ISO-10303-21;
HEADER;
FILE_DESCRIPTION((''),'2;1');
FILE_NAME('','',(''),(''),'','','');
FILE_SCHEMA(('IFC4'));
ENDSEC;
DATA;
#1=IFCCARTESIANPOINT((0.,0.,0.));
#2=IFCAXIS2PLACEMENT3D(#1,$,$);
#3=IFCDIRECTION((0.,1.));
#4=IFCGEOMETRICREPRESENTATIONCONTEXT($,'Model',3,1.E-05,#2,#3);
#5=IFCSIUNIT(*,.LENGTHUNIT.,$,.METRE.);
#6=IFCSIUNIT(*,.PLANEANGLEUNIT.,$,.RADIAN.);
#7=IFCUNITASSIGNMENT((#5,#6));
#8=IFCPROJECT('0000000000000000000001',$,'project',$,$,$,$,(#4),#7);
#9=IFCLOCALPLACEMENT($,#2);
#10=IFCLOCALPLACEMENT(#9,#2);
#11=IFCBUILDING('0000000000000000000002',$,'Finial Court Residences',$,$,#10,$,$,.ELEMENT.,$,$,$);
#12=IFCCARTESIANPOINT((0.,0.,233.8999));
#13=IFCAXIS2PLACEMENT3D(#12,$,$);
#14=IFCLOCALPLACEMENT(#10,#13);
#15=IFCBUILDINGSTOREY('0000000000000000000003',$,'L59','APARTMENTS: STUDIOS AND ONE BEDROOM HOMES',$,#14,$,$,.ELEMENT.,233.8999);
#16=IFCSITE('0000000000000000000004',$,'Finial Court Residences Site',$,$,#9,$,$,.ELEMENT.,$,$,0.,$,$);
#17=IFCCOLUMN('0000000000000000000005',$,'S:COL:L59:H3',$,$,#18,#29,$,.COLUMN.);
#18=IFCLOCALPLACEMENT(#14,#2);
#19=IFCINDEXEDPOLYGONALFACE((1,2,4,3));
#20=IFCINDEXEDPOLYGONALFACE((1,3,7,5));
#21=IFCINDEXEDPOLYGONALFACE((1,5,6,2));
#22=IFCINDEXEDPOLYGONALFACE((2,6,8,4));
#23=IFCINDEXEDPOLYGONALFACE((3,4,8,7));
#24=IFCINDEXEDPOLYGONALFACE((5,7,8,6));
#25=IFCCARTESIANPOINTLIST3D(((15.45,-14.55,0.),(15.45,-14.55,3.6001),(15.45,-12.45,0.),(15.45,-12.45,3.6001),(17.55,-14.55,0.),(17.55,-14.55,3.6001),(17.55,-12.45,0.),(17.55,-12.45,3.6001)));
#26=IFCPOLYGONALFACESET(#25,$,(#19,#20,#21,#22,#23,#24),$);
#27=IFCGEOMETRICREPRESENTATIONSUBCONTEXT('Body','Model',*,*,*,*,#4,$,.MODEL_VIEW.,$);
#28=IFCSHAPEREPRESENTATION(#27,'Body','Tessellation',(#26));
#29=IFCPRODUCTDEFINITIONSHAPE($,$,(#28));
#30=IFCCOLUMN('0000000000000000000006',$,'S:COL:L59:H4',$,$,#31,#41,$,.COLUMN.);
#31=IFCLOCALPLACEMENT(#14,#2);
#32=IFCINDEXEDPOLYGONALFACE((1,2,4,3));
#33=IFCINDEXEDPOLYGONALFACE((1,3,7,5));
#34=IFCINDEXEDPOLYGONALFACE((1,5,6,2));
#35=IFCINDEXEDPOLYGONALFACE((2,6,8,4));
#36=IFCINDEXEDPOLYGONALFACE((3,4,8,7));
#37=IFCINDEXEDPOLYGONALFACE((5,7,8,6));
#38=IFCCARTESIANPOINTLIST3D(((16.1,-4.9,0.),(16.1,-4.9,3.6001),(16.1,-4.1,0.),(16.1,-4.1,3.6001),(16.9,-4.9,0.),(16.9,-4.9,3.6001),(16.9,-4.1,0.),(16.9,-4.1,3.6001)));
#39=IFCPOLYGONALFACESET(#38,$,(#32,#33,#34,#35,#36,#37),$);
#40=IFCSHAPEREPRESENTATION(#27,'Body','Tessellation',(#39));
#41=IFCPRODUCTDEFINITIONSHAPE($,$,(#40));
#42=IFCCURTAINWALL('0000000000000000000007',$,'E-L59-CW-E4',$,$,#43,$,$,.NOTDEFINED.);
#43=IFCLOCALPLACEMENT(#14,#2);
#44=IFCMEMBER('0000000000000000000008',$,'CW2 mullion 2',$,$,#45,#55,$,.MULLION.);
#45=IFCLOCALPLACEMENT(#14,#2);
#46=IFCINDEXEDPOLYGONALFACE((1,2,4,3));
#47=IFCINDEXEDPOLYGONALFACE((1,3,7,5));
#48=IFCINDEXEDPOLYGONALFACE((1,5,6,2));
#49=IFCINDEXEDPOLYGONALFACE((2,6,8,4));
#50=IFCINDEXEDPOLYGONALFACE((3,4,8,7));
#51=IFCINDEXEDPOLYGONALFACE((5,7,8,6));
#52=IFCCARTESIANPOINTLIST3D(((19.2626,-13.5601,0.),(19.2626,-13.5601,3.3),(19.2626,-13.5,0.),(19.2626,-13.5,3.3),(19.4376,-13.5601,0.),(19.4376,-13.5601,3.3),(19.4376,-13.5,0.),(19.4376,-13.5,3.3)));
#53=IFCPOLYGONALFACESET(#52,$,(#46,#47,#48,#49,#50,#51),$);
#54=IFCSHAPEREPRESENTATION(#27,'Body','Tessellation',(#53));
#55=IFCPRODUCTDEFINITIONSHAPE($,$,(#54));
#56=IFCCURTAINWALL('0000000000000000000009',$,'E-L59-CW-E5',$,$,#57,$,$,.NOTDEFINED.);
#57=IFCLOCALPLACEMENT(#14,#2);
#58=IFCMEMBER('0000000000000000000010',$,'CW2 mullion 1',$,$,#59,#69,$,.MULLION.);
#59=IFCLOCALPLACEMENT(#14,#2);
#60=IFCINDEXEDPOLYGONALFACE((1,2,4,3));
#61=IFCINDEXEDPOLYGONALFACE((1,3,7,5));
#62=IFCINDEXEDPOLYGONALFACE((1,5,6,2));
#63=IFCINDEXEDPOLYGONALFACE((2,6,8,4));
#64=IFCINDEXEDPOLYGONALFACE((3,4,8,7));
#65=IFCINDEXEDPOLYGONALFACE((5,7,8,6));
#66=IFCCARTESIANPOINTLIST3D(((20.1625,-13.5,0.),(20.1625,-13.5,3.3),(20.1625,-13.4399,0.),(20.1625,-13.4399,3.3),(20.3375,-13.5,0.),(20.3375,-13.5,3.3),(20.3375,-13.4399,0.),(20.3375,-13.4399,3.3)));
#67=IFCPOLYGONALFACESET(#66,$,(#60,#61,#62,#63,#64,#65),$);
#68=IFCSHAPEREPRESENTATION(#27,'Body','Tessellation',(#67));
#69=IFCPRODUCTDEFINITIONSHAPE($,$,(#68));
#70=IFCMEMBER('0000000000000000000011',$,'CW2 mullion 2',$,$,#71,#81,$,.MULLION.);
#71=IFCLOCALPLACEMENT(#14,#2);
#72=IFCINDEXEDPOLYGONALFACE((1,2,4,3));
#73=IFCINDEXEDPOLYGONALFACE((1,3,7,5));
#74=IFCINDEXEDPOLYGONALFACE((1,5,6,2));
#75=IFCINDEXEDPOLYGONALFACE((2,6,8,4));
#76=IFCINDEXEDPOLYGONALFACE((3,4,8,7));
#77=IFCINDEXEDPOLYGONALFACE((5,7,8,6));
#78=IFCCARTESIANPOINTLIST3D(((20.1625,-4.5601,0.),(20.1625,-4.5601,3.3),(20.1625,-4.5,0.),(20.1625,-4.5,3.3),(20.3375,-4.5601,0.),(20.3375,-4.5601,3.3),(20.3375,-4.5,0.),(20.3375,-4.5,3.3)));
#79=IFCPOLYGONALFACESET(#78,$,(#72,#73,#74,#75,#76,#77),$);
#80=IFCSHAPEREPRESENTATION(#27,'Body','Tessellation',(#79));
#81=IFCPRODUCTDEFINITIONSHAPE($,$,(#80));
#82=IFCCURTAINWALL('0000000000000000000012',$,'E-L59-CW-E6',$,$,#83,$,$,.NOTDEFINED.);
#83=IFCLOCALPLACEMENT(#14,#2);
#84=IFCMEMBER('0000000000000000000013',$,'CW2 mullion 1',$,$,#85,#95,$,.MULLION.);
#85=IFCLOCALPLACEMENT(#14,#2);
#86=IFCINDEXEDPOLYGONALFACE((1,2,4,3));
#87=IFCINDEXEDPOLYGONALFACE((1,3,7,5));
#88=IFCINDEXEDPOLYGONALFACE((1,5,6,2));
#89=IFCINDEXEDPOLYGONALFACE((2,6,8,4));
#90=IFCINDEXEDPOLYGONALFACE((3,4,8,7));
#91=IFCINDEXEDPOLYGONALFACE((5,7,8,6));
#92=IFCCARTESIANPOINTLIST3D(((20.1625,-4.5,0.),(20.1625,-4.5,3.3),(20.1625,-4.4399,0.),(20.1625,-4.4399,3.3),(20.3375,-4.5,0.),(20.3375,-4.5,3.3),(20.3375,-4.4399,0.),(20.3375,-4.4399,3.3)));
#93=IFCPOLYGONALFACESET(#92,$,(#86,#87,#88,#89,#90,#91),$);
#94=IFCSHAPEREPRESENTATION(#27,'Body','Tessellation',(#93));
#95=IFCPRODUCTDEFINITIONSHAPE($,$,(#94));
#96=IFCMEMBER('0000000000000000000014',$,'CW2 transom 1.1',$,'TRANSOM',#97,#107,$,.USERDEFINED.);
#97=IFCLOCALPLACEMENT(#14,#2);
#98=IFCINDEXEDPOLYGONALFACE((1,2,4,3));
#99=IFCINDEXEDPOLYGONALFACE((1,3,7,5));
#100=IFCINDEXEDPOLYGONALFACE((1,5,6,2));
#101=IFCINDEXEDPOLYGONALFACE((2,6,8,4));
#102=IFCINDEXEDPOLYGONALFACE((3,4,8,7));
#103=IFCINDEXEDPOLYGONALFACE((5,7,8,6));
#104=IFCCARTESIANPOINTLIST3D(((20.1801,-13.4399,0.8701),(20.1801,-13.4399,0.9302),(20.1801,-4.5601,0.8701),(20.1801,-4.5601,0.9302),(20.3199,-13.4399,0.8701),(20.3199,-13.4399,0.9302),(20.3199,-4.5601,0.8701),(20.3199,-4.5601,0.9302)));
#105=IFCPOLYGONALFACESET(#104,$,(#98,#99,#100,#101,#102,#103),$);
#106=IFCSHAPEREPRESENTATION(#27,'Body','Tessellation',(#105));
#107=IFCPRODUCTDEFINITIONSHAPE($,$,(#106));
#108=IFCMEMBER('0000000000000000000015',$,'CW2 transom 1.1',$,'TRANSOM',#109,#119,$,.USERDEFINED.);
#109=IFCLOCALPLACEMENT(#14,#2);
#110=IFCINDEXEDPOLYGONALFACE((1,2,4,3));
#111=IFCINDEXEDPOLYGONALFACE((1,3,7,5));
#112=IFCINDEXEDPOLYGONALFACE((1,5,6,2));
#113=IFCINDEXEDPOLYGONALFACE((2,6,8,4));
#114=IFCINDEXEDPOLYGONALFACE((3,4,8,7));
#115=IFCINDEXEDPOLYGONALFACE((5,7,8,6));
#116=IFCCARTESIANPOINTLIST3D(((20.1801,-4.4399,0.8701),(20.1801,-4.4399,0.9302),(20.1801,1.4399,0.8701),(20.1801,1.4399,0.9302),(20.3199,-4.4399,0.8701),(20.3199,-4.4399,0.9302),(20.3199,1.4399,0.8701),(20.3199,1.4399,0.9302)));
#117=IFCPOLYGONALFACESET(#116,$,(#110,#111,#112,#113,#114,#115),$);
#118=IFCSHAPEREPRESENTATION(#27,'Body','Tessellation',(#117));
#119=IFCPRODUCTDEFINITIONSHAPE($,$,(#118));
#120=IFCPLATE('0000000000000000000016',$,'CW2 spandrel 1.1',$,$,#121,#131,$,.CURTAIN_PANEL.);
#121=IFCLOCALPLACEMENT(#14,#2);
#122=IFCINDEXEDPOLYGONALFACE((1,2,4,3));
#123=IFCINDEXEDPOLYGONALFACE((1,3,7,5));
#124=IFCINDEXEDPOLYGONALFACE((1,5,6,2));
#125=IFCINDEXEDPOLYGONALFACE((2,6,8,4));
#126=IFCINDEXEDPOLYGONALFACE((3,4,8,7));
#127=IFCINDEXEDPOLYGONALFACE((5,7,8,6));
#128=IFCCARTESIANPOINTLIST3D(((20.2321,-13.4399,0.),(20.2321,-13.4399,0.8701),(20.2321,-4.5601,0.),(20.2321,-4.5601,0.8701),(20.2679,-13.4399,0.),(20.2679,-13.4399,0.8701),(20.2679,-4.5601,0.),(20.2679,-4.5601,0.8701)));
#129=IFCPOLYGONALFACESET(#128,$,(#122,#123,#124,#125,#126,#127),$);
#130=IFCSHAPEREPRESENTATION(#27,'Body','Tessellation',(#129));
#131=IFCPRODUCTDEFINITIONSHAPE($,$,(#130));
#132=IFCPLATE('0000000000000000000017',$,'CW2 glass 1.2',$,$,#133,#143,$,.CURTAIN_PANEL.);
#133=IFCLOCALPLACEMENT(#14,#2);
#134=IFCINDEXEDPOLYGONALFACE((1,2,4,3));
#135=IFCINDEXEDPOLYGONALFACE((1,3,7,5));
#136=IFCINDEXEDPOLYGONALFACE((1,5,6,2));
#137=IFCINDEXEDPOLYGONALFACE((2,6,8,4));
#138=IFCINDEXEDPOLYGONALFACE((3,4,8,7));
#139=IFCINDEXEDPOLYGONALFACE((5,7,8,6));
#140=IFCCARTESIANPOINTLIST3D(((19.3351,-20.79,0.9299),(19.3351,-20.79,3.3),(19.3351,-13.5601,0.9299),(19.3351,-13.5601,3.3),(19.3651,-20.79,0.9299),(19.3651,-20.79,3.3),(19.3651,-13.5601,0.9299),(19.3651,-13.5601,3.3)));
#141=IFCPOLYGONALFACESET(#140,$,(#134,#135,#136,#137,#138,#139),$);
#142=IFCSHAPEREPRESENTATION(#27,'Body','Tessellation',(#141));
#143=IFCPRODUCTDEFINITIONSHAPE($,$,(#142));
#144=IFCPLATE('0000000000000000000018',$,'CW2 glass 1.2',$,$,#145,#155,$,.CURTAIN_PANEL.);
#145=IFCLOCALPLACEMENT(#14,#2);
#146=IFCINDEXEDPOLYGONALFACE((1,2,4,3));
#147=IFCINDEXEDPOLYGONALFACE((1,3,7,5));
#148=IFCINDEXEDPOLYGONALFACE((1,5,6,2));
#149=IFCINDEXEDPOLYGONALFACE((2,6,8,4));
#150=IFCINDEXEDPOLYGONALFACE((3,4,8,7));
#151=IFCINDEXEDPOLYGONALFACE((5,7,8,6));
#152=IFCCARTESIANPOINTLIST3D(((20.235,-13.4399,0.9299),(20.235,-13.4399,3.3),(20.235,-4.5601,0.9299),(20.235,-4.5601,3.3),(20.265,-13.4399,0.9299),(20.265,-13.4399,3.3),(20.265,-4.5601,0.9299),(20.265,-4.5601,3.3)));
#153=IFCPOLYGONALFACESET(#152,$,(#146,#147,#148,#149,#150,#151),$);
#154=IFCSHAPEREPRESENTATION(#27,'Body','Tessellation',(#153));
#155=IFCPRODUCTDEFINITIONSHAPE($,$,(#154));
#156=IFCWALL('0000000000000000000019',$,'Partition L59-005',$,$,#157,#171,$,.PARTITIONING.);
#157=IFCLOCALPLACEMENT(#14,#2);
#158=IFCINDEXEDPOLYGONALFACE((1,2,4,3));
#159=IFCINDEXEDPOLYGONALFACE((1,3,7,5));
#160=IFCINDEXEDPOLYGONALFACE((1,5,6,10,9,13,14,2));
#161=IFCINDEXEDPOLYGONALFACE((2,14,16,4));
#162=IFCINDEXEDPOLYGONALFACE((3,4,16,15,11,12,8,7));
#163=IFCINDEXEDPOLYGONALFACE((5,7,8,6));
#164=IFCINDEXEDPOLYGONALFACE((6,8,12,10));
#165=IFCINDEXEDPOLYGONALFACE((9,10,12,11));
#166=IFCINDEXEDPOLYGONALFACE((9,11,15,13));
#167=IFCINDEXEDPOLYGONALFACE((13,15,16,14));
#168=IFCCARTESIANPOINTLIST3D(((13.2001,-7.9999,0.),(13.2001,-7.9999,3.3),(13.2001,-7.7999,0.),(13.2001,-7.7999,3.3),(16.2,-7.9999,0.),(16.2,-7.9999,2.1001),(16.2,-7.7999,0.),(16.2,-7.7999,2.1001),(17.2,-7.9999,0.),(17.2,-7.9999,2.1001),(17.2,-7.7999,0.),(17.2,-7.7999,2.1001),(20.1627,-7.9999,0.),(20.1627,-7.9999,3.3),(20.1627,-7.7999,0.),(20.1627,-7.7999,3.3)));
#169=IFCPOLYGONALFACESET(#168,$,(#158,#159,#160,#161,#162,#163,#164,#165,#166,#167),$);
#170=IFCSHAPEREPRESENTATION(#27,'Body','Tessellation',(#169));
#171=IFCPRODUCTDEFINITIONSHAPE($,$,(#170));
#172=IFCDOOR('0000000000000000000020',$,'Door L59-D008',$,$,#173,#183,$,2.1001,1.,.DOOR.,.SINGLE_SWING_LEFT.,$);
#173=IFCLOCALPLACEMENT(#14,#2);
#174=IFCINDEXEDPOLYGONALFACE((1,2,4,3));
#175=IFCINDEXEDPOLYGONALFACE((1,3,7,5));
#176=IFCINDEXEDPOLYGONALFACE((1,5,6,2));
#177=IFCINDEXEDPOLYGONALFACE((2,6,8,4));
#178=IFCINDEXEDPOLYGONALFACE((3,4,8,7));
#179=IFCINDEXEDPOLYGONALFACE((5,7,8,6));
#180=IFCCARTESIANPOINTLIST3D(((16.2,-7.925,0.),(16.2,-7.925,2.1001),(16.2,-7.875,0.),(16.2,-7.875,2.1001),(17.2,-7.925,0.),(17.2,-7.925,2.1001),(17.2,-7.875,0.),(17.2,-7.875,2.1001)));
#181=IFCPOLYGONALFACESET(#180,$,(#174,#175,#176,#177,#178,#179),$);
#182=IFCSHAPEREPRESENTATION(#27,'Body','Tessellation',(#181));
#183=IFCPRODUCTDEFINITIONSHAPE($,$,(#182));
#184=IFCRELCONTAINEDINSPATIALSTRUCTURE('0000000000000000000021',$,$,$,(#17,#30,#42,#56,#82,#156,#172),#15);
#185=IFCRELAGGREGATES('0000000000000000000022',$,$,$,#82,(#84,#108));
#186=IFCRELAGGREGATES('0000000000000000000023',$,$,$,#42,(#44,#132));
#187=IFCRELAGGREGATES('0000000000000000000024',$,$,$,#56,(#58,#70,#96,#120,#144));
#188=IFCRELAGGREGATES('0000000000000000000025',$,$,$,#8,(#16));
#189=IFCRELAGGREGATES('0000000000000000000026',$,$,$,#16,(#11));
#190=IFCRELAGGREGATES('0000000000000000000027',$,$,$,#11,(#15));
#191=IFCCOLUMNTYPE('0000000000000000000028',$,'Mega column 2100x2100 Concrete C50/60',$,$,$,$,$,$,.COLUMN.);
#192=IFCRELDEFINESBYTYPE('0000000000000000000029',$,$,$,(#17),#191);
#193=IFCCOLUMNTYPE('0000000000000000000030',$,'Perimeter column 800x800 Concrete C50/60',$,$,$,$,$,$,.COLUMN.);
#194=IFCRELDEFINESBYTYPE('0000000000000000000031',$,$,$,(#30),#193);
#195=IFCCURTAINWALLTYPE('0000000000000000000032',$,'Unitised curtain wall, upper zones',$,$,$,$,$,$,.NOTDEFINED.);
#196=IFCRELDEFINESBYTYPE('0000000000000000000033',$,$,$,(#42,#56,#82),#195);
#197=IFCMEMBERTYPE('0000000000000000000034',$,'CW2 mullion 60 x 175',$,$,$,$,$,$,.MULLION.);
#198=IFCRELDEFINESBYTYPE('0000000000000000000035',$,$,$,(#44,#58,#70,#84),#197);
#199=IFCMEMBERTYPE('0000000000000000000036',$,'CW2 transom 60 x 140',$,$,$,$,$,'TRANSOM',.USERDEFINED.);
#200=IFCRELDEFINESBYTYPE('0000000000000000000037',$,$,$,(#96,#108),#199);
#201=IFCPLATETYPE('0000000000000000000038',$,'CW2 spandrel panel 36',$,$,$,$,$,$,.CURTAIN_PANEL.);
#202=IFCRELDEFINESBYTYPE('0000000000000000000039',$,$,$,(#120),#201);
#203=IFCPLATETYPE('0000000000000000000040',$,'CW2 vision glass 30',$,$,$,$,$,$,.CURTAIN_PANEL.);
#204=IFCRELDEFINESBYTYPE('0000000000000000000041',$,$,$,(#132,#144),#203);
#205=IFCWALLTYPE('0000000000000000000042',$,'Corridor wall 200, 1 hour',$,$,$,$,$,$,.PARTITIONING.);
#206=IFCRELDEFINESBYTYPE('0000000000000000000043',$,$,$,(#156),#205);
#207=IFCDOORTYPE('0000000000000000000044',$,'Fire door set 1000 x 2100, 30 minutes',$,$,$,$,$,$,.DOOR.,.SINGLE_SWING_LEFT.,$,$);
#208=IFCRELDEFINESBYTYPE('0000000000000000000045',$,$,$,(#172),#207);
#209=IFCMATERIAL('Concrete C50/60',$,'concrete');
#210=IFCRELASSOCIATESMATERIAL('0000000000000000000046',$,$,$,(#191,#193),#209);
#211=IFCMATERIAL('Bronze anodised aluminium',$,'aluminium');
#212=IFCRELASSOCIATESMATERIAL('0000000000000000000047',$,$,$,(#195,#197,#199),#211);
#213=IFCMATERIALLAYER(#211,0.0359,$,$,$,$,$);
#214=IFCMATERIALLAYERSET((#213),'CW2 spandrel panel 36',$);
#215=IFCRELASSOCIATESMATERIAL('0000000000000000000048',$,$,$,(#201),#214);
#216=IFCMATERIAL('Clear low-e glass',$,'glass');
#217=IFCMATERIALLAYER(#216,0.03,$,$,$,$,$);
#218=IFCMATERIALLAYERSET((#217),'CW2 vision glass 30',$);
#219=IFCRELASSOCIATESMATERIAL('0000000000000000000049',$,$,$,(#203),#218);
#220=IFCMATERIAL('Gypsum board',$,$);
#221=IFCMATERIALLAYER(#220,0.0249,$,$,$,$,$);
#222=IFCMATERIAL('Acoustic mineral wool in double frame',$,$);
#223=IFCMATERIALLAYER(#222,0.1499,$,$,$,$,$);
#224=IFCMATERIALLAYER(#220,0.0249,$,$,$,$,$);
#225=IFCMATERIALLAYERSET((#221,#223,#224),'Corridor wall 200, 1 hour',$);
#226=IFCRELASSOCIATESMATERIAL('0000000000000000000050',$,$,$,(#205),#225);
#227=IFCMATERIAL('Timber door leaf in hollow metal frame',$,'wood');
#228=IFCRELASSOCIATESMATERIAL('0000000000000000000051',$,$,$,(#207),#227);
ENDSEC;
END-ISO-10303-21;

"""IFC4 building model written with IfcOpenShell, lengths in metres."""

from ifc_helpers import new_model, si_unit, direction, frame, frame_2d, origin, origin_2d, place, context, subcontext, project, spatial, rectangle, extrude, material, layer, layer_set, material_profile, profile_set, type_object, element, fill, aggregate, save


model = new_model("IFC4")

# Units and contexts
model_context = context("Model", 3, precision=1e-05, world=origin(), true_north=direction((0.0, 1.0)))
body_context = subcontext(model_context, "Body", "Model", "MODEL_VIEW")
ifc_project = project(units=[si_unit("LENGTHUNIT", "METRE"), si_unit("PLANEANGLEUNIT", "RADIAN")], contexts=[model_context])

# Site, building, storey
site_placement = place(None, origin())
site = spatial("IfcSite", under=ifc_project, at=site_placement, Name="Finial Court Residences Site", CompositionType="ELEMENT", RefElevation=0.0)
building_placement = place(site_placement, origin())
building = spatial("IfcBuilding", under=site, at=building_placement, Name="Finial Court Residences", CompositionType="ELEMENT")
storey_placement = place(building_placement, frame((0.0, 0.0, 233.8999)))
storey = spatial("IfcBuildingStorey", under=building, at=storey_placement, Name="L59", Description="APARTMENTS: STUDIOS AND ONE BEDROOM HOMES", CompositionType="ELEMENT", Elevation=233.8999)

# Columns
ifc_material_1 = material(Name="Concrete C50/60", Category="concrete")
ifc_material_profile_1 = material_profile(ifc_material_1, rectangle(XDim=2.1001, YDim=2.1001, at=origin_2d()), Name="2100x2100")
ifc_profile_set_1 = profile_set([ifc_material_profile_1], Name="Concrete C50/60")
column_type_1 = type_object("IfcColumnType", Name="Mega column 2100x2100 Concrete C50/60", PredefinedType="COLUMN", material=ifc_profile_set_1)
column_1_placement = place(storey_placement, frame((16.5, -13.5, 0.0), z_axis=(0.0, 0.0, 1.0), x_axis=(1.0, 0.0, 0.0)))
element("IfcColumn", 1, at=column_1_placement, inside=storey, type_object=column_type_1, Name="S:COL:L59:H3", PredefinedType="COLUMN", context=body_context, shape_type="SweptSolid", body=[
    extrude(rectangle(XDim=2.1001, YDim=2.1001, at=origin_2d()), origin(), (0.0, 0.0, 1.0), 3.6001),
])
ifc_material_profile_2 = material_profile(ifc_material_1, rectangle(XDim=0.8, YDim=0.8, at=origin_2d()), Name="800x800")
ifc_profile_set_2 = profile_set([ifc_material_profile_2], Name="Concrete C50/60")
column_type_2 = type_object("IfcColumnType", Name="Perimeter column 800x800 Concrete C50/60", PredefinedType="COLUMN", material=ifc_profile_set_2)
column_2_placement = place(storey_placement, frame((16.5, -4.5, 0.0), z_axis=(0.0, 0.0, 1.0), x_axis=(1.0, 0.0, 0.0)))
element("IfcColumn", 2, at=column_2_placement, inside=storey, type_object=column_type_2, Name="S:COL:L59:H4", PredefinedType="COLUMN", context=body_context, shape_type="SweptSolid", body=[
    extrude(rectangle(XDim=0.8, YDim=0.8, at=origin_2d()), origin(), (0.0, 0.0, 1.0), 3.6001),
])

# Curtain wall, member
ifc_material_2 = material(Name="Bronze anodised aluminium", Category="aluminium")
curtain_wall_type = type_object("IfcCurtainWallType", Name="Unitised curtain wall, upper zones", PredefinedType="NOTDEFINED", material=ifc_material_2)
curtain_wall_1_placement = place(storey_placement, origin())
curtain_wall_1 = element("IfcCurtainWall", 3, at=curtain_wall_1_placement, inside=storey, type_object=curtain_wall_type, Name="E-L59-CW-E4", PredefinedType="NOTDEFINED")
ifc_material_profile_3 = material_profile(ifc_material_2, rectangle(XDim=0.175, YDim=0.0601, at=origin_2d()), Name="CW2 mullion 60 x 175")
ifc_profile_set_3 = profile_set([ifc_material_profile_3], Name="Bronze anodised aluminium")
member_type_1 = type_object("IfcMemberType", Name="CW2 mullion 60 x 175", PredefinedType="MULLION", material=ifc_profile_set_3)
member_1_placement = place(storey_placement, frame((19.3501, -13.53, 0.0), z_axis=(0.0, 0.0, 1.0), x_axis=(-1.0, 0.0, 0.0)))
member_1 = element("IfcMember", 4, at=member_1_placement, type_object=member_type_1, Name="CW2 mullion 2", PredefinedType="MULLION", context=body_context, shape_type="SweptSolid", body=[
    extrude(rectangle(XDim=0.175, YDim=0.0601, at=origin_2d()), origin(), (0.0, 0.0, 1.0), 3.3),
])

# Curtain wall, members
curtain_wall_2_placement = place(storey_placement, origin())
curtain_wall_2 = element("IfcCurtainWall", 5, at=curtain_wall_2_placement, inside=storey, type_object=curtain_wall_type, Name="E-L59-CW-E5", PredefinedType="NOTDEFINED")
member_2_placement = place(storey_placement, frame((20.25, -13.47, 0.0), z_axis=(0.0, 0.0, 1.0), x_axis=(-1.0, 0.0, 0.0)))
member_2 = element("IfcMember", 6, at=member_2_placement, type_object=member_type_1, Name="CW2 mullion 1", PredefinedType="MULLION", context=body_context, shape_type="SweptSolid", body=[
    extrude(rectangle(XDim=0.175, YDim=0.0601, at=origin_2d()), origin(), (0.0, 0.0, 1.0), 3.3),
])
member_3_placement = place(storey_placement, frame((20.25, -4.53, 0.0), z_axis=(0.0, 0.0, 1.0), x_axis=(-1.0, 0.0, 0.0)))
member_3 = element("IfcMember", 7, at=member_3_placement, type_object=member_type_1, Name="CW2 mullion 2", PredefinedType="MULLION", context=body_context, shape_type="SweptSolid", body=[
    extrude(rectangle(XDim=0.175, YDim=0.0601, at=origin_2d()), origin(), (0.0, 0.0, 1.0), 3.3),
])

# Curtain wall, member
curtain_wall_3_placement = place(storey_placement, origin())
curtain_wall_3 = element("IfcCurtainWall", 8, at=curtain_wall_3_placement, inside=storey, type_object=curtain_wall_type, Name="E-L59-CW-E6", PredefinedType="NOTDEFINED")
member_4_placement = place(storey_placement, frame((20.25, -4.47, 0.0), z_axis=(0.0, 0.0, 1.0), x_axis=(-1.0, 0.0, 0.0)))
member_4 = element("IfcMember", 9, at=member_4_placement, type_object=member_type_1, Name="CW2 mullion 1", PredefinedType="MULLION", context=body_context, shape_type="SweptSolid", body=[
    extrude(rectangle(XDim=0.175, YDim=0.0601, at=origin_2d()), origin(), (0.0, 0.0, 1.0), 3.3),
])

# Members
ifc_material_profile_4 = material_profile(ifc_material_2, rectangle(XDim=0.1399, YDim=0.0601, at=origin_2d()), Name="CW2 transom 60 x 140")
ifc_profile_set_4 = profile_set([ifc_material_profile_4], Name="Bronze anodised aluminium")
member_type_2 = type_object("IfcMemberType", Name="CW2 transom 60 x 140", ElementType="TRANSOM", PredefinedType="USERDEFINED", material=ifc_profile_set_4)
member_5_placement = place(storey_placement, frame((20.25, -13.4399, 0.9001), z_axis=(0.0, 1.0, 0.0), x_axis=(-1.0, 0.0, 0.0)))
member_5 = element("IfcMember", 10, at=member_5_placement, type_object=member_type_2, Name="CW2 transom 1.1", ObjectType="TRANSOM", PredefinedType="USERDEFINED", context=body_context, shape_type="SweptSolid", body=[
    extrude(rectangle(XDim=0.1399, YDim=0.0601, at=origin_2d()), origin(), (0.0, 0.0, 1.0), 8.8799),
])
member_6_placement = place(storey_placement, frame((20.25, -4.4399, 0.9001), z_axis=(0.0, 1.0, 0.0), x_axis=(-1.0, 0.0, 0.0)))
member_6 = element("IfcMember", 11, at=member_6_placement, type_object=member_type_2, Name="CW2 transom 1.1", ObjectType="TRANSOM", PredefinedType="USERDEFINED", context=body_context, shape_type="SweptSolid", body=[
    extrude(rectangle(XDim=0.1399, YDim=0.0601, at=origin_2d()), origin(), (0.0, 0.0, 1.0), 5.8799),
])
aggregate(curtain_wall_3, [member_4, member_6])

# Plates
ifc_layer_1 = layer(ifc_material_2, 0.0359)
ifc_layer_set_1 = layer_set([ifc_layer_1], Name="CW2 spandrel panel 36")
plate_type_1 = type_object("IfcPlateType", Name="CW2 spandrel panel 36", PredefinedType="CURTAIN_PANEL", material=ifc_layer_set_1)
plate_1_placement = place(storey_placement, frame((20.25, -9.0, 0.0), z_axis=(0.0, 0.0, 1.0), x_axis=(0.0, 1.0, 0.0)))
plate_1 = element("IfcPlate", 12, at=plate_1_placement, type_object=plate_type_1, Name="CW2 spandrel 1.1", PredefinedType="CURTAIN_PANEL", context=body_context, shape_type="SweptSolid", body=[
    extrude(rectangle(XDim=8.8799, YDim=0.0359, at=origin_2d()), origin(), (0.0, 0.0, 1.0), 0.8701),
])
ifc_material_3 = material(Name="Clear low-e glass", Category="glass")
ifc_layer_2 = layer(ifc_material_3, 0.03)
ifc_layer_set_2 = layer_set([ifc_layer_2], Name="CW2 vision glass 30")
plate_type_2 = type_object("IfcPlateType", Name="CW2 vision glass 30", PredefinedType="CURTAIN_PANEL", material=ifc_layer_set_2)
plate_2_placement = place(storey_placement, frame((19.3501, -17.175, 0.9299), z_axis=(0.0, 0.0, 1.0), x_axis=(0.0, 1.0, 0.0)))
plate_2 = element("IfcPlate", 13, at=plate_2_placement, type_object=plate_type_2, Name="CW2 glass 1.2", PredefinedType="CURTAIN_PANEL", context=body_context, shape_type="SweptSolid", body=[
    extrude(rectangle(XDim=7.23, YDim=0.03, at=origin_2d()), origin(), (0.0, 0.0, 1.0), 2.3701),
])
aggregate(curtain_wall_1, [member_1, plate_2])
plate_3_placement = place(storey_placement, frame((20.25, -9.0, 0.9299), z_axis=(0.0, 0.0, 1.0), x_axis=(0.0, 1.0, 0.0)))
plate_3 = element("IfcPlate", 14, at=plate_3_placement, type_object=plate_type_2, Name="CW2 glass 1.2", PredefinedType="CURTAIN_PANEL", context=body_context, shape_type="SweptSolid", body=[
    extrude(rectangle(XDim=8.8799, YDim=0.03, at=origin_2d()), origin(), (0.0, 0.0, 1.0), 2.3701),
])
aggregate(curtain_wall_2, [member_2, member_3, member_5, plate_1, plate_3])

# Wall, opening, door
ifc_material_4 = material(Name="Gypsum board")
ifc_layer_3 = layer(ifc_material_4, 0.0249)
ifc_material_5 = material(Name="Acoustic mineral wool in double frame")
ifc_layer_4 = layer(ifc_material_5, 0.1499)
ifc_layer_5 = layer(ifc_material_4, 0.0249)
ifc_layer_set_3 = layer_set([ifc_layer_3, ifc_layer_4, ifc_layer_5], Name="Corridor wall 200, 1 hour")
wall_type_1 = type_object("IfcWallType", Name="Corridor wall 200, 1 hour", PredefinedType="PARTITIONING", material=ifc_layer_set_3)
wall_1_placement = place(storey_placement, frame((13.2, -7.8999, 0.0), z_axis=(0.0, 0.0, 1.0), x_axis=(1.0, 0.0, 0.0)))
wall_1 = element("IfcWall", 15, at=wall_1_placement, inside=storey, type_object=wall_type_1, Name="Partition L59-005", PredefinedType="PARTITIONING", context=body_context, shape_type="SweptSolid", body=[
    extrude(rectangle(XDim=6.9626, YDim=0.2, at=frame_2d((3.4814, 0.0))), origin(), (0.0, 0.0, 1.0), 3.3),
])
opening_1_placement = place(wall_1_placement, frame((3.0, 0.0, 0.0)))
opening_1 = element("IfcOpeningElement", 16, at=opening_1_placement, cuts=wall_1, PredefinedType="OPENING", context=body_context, shape_type="SweptSolid", body=[
    extrude(rectangle(XDim=1.0, YDim=2.1001, at=frame_2d((0.5, 1.05))), frame((0.0, 0.1099, 0.0), z_axis=(0.0, -1.0, 0.0), x_axis=(1.0, 0.0, 0.0)), (0.0, 0.0, 1.0), 0.22),
])
ifc_material_6 = material(Name="Timber door leaf in hollow metal frame", Category="wood")
door_type_1 = type_object("IfcDoorType", Name="Fire door set 1000 x 2100, 30 minutes", OperationType="SINGLE_SWING_LEFT", PredefinedType="DOOR", material=ifc_material_6)
door_1_placement = place(opening_1_placement, origin())
door_1 = element("IfcDoor", 17, at=door_1_placement, inside=storey, type_object=door_type_1, Name="Door L59-D008", OperationType="SINGLE_SWING_LEFT", OverallHeight=2.1001, OverallWidth=1.0, PredefinedType="DOOR", context=body_context, shape_type="SweptSolid", body=[
    extrude(rectangle(XDim=1.0, YDim=2.1001, at=frame_2d((0.5, 1.05))), frame((0.0, 0.0249, 0.0), z_axis=(0.0, -1.0, 0.0), x_axis=(1.0, 0.0, 0.0)), (0.0, 0.0, 1.0), 0.05),
])
fill(opening_1, door_1)

save(model, "model.ifc")
